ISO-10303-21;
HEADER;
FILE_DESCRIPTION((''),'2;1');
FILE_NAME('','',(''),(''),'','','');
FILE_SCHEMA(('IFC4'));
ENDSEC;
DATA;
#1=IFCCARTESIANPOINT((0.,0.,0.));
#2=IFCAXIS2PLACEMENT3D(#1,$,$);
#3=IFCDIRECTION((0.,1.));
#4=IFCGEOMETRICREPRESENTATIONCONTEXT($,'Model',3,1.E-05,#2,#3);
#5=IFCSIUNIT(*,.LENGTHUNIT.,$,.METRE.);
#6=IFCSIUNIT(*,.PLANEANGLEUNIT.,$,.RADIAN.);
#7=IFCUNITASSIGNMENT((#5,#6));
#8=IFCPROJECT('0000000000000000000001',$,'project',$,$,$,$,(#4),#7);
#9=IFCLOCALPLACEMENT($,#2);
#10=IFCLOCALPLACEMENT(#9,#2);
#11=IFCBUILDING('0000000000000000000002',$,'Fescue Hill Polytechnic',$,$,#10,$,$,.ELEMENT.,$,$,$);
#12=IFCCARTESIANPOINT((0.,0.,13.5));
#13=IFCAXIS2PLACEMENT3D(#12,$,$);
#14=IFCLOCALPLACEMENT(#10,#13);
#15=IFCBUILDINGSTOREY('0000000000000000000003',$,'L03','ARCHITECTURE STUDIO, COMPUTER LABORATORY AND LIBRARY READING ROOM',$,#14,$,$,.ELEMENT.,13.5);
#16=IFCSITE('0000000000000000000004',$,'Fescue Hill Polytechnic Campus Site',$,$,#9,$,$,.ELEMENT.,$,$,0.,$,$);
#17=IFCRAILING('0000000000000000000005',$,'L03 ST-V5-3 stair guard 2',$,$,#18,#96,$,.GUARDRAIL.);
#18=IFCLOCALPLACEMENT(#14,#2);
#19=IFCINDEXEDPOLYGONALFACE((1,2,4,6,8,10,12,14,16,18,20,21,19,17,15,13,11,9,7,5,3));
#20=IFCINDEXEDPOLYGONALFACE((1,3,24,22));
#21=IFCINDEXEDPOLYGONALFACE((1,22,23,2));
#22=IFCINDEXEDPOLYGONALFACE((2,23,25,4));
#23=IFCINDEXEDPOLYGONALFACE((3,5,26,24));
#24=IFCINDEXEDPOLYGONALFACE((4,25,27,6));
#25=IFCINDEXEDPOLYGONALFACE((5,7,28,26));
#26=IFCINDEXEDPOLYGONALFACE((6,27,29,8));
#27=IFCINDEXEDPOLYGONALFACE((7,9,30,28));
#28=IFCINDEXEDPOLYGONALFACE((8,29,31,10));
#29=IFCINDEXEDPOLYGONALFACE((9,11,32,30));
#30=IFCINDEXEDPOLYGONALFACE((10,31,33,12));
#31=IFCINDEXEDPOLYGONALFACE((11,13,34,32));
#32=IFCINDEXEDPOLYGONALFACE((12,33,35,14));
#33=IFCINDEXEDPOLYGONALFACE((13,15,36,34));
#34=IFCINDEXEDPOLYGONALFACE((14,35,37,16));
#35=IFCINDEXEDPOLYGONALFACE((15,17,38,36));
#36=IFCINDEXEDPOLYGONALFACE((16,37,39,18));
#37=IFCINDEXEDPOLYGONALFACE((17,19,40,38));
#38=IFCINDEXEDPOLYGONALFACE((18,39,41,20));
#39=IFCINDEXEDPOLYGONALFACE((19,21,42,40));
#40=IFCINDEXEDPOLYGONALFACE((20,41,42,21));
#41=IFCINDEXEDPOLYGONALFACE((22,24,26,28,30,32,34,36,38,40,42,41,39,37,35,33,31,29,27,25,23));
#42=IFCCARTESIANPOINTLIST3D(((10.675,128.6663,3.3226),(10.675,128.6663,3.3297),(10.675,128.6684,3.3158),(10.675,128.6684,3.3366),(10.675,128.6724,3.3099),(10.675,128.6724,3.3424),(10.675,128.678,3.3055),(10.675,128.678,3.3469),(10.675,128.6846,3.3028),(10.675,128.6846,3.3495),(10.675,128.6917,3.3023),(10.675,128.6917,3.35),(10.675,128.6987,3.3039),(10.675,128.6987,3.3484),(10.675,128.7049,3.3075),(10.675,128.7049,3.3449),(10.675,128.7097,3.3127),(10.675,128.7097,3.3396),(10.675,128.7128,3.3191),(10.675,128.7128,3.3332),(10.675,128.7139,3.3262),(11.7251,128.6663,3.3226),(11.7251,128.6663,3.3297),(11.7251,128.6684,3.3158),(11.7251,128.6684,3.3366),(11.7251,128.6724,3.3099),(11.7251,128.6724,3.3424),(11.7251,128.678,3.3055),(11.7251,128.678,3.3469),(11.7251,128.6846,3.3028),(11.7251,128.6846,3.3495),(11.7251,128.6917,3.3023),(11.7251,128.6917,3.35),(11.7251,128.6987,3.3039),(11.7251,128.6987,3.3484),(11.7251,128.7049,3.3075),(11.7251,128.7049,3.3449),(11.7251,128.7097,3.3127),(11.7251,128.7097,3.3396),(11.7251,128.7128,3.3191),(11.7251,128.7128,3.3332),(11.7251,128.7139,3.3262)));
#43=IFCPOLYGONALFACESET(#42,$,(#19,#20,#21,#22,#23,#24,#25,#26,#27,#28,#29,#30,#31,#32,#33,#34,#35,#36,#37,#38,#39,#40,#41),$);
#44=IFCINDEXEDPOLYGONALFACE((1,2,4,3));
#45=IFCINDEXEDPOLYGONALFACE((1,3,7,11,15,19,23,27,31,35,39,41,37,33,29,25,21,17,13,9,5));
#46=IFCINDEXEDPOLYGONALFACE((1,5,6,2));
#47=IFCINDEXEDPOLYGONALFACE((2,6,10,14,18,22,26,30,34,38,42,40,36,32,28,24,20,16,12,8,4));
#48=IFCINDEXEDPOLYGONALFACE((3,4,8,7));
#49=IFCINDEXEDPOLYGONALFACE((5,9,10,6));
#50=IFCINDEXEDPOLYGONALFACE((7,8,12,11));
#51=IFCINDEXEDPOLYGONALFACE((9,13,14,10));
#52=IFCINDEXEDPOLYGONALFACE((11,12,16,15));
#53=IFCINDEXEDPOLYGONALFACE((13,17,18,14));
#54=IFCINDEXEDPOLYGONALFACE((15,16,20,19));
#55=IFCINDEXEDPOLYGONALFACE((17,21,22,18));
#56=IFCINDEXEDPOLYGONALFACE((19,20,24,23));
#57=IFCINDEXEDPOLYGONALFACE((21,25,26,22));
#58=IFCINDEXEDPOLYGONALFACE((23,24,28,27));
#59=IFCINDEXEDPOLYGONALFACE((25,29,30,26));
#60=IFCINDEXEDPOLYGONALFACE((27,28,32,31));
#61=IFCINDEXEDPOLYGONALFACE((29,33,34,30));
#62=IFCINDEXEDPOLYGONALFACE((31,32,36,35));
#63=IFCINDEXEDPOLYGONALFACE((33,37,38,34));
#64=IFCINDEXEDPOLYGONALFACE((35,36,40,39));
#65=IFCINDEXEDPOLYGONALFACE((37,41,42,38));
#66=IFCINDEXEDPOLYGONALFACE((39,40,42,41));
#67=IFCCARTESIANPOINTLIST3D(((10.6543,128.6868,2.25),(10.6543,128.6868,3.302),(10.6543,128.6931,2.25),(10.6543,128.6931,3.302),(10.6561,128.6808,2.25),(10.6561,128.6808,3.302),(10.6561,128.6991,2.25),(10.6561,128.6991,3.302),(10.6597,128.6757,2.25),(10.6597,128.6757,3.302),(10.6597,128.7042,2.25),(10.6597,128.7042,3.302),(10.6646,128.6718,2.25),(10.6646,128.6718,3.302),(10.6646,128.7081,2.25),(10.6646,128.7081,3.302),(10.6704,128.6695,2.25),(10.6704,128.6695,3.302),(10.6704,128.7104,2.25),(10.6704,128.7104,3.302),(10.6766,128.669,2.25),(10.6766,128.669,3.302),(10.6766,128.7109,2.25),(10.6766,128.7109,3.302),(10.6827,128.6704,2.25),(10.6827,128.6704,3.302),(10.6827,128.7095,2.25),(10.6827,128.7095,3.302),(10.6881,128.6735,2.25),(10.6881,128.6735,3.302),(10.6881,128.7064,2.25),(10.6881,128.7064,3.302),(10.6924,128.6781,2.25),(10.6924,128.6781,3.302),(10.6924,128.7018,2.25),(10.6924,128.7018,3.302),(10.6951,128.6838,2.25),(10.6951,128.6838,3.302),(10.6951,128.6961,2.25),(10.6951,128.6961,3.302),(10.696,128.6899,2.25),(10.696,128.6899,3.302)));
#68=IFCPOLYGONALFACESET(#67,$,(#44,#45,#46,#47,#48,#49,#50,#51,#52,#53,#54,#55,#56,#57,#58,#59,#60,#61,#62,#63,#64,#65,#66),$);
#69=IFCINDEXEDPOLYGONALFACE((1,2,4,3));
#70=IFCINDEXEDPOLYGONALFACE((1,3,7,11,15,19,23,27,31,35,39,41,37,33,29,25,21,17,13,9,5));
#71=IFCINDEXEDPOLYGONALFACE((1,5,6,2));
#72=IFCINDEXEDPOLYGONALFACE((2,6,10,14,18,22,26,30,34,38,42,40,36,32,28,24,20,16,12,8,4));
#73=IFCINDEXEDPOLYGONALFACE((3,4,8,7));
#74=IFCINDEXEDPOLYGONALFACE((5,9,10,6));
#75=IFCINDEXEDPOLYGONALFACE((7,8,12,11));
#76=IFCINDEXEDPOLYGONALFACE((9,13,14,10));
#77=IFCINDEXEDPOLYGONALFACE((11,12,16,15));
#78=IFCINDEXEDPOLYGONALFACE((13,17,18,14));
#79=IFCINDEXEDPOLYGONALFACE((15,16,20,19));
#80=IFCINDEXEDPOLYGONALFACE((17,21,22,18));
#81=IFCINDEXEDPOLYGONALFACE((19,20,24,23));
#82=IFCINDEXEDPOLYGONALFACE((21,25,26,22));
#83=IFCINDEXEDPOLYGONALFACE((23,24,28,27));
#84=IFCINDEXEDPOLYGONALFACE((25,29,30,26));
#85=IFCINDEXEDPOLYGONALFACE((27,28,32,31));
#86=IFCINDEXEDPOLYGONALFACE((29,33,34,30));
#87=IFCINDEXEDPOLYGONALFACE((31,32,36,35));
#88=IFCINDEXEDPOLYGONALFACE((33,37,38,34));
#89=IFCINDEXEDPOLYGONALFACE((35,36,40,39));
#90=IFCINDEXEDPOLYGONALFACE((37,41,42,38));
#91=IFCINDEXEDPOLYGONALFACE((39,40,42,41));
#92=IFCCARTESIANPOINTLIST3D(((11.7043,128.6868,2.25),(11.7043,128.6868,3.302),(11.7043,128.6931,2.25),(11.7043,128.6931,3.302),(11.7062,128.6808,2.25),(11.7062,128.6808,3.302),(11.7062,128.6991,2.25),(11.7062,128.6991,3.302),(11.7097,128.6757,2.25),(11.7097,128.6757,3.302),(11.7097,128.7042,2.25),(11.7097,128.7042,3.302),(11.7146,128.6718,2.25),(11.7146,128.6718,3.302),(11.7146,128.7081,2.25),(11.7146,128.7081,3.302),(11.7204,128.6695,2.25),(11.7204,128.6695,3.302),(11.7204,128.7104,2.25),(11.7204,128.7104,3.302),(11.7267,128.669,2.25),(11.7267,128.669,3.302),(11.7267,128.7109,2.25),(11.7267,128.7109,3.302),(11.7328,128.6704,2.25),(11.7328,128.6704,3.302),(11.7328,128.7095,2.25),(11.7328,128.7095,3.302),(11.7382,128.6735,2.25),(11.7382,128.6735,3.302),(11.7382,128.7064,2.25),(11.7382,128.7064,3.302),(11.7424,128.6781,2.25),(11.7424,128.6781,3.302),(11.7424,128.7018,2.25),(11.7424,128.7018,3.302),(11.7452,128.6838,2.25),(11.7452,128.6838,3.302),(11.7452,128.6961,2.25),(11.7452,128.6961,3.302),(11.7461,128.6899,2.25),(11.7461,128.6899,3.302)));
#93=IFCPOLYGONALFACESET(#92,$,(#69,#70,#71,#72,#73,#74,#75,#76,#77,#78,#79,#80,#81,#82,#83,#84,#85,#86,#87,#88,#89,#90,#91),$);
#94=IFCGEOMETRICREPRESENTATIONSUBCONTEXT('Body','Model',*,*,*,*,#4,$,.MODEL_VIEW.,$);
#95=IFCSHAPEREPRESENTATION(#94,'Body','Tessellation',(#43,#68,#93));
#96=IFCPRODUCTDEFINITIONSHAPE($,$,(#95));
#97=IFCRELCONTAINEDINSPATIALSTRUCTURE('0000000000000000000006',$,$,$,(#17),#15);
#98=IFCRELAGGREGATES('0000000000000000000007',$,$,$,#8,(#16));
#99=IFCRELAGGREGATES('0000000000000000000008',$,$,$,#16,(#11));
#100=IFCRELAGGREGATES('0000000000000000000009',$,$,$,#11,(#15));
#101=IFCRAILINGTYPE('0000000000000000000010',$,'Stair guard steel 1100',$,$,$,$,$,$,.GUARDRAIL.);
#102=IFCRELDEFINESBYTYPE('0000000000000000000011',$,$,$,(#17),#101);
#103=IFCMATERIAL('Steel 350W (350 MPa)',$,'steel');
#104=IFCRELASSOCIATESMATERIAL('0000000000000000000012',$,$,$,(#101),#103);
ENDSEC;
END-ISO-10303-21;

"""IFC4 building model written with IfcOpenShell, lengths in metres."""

from ifc_helpers import new_model, si_unit, direction, frame, origin, origin_2d, place, context, subcontext, project, spatial, circle, extrude, material, type_object, element, save


model = new_model("IFC4")

# Units and contexts
model_context = context("Model", 3, precision=1e-05, world=origin(), true_north=direction((0.0, 1.0)))
body_context = subcontext(model_context, "Body", "Model", "MODEL_VIEW")
ifc_project = project(units=[si_unit("LENGTHUNIT", "METRE"), si_unit("PLANEANGLEUNIT", "RADIAN")], contexts=[model_context])

# Site, building, storey
site_placement = place(None, origin())
site = spatial("IfcSite", under=ifc_project, at=site_placement, Name="Fescue Hill Polytechnic Campus Site", CompositionType="ELEMENT", RefElevation=0.0)
building_placement = place(site_placement, origin())
building = spatial("IfcBuilding", under=site, at=building_placement, Name="Fescue Hill Polytechnic", CompositionType="ELEMENT")
storey_placement = place(building_placement, frame((0.0, 0.0, 13.5)))
storey = spatial("IfcBuildingStorey", under=building, at=storey_placement, Name="L03", Description="ARCHITECTURE STUDIO, COMPUTER LABORATORY AND LIBRARY READING ROOM", CompositionType="ELEMENT", Elevation=13.5)

# Railing
ifc_material_1 = material(Name="Steel 350W (350 MPa)", Category="steel")
railing_type_1 = type_object("IfcRailingType", Name="Stair guard steel 1100", PredefinedType="GUARDRAIL", material=ifc_material_1)
railing_1_placement = place(storey_placement, frame((10.675, 128.6899, 2.25)))
element("IfcRailing", 1, at=railing_1_placement, inside=storey, type_object=railing_type_1, Name="L03 ST-V5-3 stair guard 2", PredefinedType="GUARDRAIL", context=body_context, shape_type="SweptSolid", body=[
    extrude(circle(Radius=0.0239, at=origin_2d()), frame((0.0, 0.0, 1.0762), z_axis=(1.0, 0.0, 0.0), x_axis=(0.0, 1.0, 0.0)), (0.0, 0.0, 1.0), 1.05),
    extrude(circle(Radius=0.021, at=origin_2d()), origin(), (0.0, 0.0, 1.0), 1.052),
    extrude(circle(Radius=0.021, at=origin_2d()), frame((1.05, 0.0, 0.0)), (0.0, 0.0, 1.0), 1.052),
])

save(model, "model.ifc")
